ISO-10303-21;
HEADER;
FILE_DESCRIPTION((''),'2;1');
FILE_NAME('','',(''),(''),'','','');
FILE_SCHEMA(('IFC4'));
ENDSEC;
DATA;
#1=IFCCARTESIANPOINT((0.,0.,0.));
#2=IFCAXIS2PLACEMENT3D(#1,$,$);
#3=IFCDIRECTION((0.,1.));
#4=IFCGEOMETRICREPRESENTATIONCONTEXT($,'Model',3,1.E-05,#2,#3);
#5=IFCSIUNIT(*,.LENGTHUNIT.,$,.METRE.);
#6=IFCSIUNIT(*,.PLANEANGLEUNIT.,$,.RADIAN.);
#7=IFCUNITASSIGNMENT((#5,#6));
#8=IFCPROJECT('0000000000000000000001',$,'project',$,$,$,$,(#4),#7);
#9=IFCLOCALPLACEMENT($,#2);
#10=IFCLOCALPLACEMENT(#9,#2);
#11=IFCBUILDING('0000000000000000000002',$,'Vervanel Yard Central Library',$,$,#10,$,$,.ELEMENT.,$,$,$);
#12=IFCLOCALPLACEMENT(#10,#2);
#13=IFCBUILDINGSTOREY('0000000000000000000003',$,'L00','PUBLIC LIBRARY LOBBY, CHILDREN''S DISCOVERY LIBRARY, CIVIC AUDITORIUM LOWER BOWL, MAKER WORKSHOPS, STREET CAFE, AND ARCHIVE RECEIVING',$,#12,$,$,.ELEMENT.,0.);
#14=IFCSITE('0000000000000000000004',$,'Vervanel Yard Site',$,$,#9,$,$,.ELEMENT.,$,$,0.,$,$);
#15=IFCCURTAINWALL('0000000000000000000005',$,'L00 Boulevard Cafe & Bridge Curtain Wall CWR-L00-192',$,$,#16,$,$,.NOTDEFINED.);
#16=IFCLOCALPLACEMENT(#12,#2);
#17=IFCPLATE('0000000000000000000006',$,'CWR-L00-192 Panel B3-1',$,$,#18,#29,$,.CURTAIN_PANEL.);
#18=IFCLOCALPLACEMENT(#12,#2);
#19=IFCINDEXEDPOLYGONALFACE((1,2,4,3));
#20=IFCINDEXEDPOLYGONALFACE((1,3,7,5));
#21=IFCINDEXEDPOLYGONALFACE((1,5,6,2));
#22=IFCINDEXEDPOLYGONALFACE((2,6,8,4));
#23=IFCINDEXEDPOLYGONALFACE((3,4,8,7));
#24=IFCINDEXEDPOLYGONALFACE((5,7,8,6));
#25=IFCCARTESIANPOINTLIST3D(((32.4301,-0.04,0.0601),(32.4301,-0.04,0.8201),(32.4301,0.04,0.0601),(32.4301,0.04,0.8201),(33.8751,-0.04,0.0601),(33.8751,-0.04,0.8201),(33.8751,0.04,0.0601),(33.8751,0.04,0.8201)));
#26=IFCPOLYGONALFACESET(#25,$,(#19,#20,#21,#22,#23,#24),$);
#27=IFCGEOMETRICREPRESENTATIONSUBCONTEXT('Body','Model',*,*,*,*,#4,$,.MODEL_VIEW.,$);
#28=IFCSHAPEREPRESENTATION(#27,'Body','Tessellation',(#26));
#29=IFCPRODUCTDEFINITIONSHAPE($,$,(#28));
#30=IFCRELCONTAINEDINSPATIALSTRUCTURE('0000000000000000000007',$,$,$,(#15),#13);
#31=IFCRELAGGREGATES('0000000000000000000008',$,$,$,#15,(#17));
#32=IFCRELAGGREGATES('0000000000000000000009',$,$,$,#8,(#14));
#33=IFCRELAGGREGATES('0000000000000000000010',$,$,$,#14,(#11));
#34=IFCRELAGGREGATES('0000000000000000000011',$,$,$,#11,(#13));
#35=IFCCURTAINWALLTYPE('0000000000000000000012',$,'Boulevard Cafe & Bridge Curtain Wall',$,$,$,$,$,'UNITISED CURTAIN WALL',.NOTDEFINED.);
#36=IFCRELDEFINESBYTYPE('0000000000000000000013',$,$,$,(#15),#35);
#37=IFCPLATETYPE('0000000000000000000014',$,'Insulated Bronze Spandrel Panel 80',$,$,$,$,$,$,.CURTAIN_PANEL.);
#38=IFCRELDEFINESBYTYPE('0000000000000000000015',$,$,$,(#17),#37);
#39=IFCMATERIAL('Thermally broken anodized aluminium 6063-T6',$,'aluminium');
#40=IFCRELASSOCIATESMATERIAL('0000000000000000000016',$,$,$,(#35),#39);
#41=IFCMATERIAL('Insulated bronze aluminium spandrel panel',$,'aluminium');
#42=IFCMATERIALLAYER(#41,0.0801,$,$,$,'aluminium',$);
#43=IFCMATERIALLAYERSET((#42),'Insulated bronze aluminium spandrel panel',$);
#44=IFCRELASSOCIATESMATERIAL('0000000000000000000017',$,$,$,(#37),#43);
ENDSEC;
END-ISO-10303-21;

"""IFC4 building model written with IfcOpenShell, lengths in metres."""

from ifc_helpers import new_model, si_unit, direction, frame, origin, origin_2d, place, context, subcontext, project, spatial, rectangle, extrude, material, layer, layer_set, type_object, element, aggregate, save


model = new_model("IFC4")

# Units and contexts
model_context = context("Model", 3, precision=1e-05, world=origin(), true_north=direction((0.0, 1.0)))
body_context = subcontext(model_context, "Body", "Model", "MODEL_VIEW")
ifc_project = project(units=[si_unit("LENGTHUNIT", "METRE"), si_unit("PLANEANGLEUNIT", "RADIAN")], contexts=[model_context])

# Site, building, storey
site_placement = place(None, origin())
site = spatial("IfcSite", under=ifc_project, at=site_placement, Name="Vervanel Yard Site", CompositionType="ELEMENT", RefElevation=0.0)
building_placement = place(site_placement, origin())
building = spatial("IfcBuilding", under=site, at=building_placement, Name="Vervanel Yard Central Library", CompositionType="ELEMENT")
storey_placement = place(building_placement, origin())
storey = spatial("IfcBuildingStorey", under=building, at=storey_placement, Name="L00", Description="PUBLIC LIBRARY LOBBY, CHILDREN'S DISCOVERY LIBRARY, CIVIC AUDITORIUM LOWER BOWL, MAKER WORKSHOPS, STREET CAFE, AND ARCHIVE RECEIVING", CompositionType="ELEMENT", Elevation=0.0)

# Curtain wall
ifc_material_1 = material(Name="Thermally broken anodized aluminium 6063-T6", Category="aluminium")
curtain_wall_type = type_object("IfcCurtainWallType", Name="Boulevard Cafe & Bridge Curtain Wall", ElementType="UNITISED CURTAIN WALL", PredefinedType="NOTDEFINED", material=ifc_material_1)
curtain_wall_placement = place(storey_placement, origin())
curtain_wall = element("IfcCurtainWall", 1, at=curtain_wall_placement, inside=storey, type_object=curtain_wall_type, Name="L00 Boulevard Cafe & Bridge Curtain Wall CWR-L00-192", PredefinedType="NOTDEFINED")

# Plate
ifc_material_2 = material(Name="Insulated bronze aluminium spandrel panel", Category="aluminium")
ifc_layer_1 = layer(ifc_material_2, 0.0801, Category="aluminium")
ifc_layer_set_1 = layer_set([ifc_layer_1], Name="Insulated bronze aluminium spandrel panel")
plate_type_1 = type_object("IfcPlateType", Name="Insulated Bronze Spandrel Panel 80", PredefinedType="CURTAIN_PANEL", material=ifc_layer_set_1)
plate_1_placement = place(storey_placement, frame((33.1526, 0.0, 0.0601), z_axis=(0.0, 0.0, 1.0), x_axis=(1.0, 0.0, 0.0)))
plate_1 = element("IfcPlate", 2, at=plate_1_placement, type_object=plate_type_1, Name="CWR-L00-192 Panel B3-1", PredefinedType="CURTAIN_PANEL", context=body_context, shape_type="SweptSolid", body=[
    extrude(rectangle(XDim=1.4451, YDim=0.0801, at=origin_2d()), origin(), (0.0, 0.0, 1.0), 0.76),
])
aggregate(curtain_wall, [plate_1])

save(model, "model.ifc")
